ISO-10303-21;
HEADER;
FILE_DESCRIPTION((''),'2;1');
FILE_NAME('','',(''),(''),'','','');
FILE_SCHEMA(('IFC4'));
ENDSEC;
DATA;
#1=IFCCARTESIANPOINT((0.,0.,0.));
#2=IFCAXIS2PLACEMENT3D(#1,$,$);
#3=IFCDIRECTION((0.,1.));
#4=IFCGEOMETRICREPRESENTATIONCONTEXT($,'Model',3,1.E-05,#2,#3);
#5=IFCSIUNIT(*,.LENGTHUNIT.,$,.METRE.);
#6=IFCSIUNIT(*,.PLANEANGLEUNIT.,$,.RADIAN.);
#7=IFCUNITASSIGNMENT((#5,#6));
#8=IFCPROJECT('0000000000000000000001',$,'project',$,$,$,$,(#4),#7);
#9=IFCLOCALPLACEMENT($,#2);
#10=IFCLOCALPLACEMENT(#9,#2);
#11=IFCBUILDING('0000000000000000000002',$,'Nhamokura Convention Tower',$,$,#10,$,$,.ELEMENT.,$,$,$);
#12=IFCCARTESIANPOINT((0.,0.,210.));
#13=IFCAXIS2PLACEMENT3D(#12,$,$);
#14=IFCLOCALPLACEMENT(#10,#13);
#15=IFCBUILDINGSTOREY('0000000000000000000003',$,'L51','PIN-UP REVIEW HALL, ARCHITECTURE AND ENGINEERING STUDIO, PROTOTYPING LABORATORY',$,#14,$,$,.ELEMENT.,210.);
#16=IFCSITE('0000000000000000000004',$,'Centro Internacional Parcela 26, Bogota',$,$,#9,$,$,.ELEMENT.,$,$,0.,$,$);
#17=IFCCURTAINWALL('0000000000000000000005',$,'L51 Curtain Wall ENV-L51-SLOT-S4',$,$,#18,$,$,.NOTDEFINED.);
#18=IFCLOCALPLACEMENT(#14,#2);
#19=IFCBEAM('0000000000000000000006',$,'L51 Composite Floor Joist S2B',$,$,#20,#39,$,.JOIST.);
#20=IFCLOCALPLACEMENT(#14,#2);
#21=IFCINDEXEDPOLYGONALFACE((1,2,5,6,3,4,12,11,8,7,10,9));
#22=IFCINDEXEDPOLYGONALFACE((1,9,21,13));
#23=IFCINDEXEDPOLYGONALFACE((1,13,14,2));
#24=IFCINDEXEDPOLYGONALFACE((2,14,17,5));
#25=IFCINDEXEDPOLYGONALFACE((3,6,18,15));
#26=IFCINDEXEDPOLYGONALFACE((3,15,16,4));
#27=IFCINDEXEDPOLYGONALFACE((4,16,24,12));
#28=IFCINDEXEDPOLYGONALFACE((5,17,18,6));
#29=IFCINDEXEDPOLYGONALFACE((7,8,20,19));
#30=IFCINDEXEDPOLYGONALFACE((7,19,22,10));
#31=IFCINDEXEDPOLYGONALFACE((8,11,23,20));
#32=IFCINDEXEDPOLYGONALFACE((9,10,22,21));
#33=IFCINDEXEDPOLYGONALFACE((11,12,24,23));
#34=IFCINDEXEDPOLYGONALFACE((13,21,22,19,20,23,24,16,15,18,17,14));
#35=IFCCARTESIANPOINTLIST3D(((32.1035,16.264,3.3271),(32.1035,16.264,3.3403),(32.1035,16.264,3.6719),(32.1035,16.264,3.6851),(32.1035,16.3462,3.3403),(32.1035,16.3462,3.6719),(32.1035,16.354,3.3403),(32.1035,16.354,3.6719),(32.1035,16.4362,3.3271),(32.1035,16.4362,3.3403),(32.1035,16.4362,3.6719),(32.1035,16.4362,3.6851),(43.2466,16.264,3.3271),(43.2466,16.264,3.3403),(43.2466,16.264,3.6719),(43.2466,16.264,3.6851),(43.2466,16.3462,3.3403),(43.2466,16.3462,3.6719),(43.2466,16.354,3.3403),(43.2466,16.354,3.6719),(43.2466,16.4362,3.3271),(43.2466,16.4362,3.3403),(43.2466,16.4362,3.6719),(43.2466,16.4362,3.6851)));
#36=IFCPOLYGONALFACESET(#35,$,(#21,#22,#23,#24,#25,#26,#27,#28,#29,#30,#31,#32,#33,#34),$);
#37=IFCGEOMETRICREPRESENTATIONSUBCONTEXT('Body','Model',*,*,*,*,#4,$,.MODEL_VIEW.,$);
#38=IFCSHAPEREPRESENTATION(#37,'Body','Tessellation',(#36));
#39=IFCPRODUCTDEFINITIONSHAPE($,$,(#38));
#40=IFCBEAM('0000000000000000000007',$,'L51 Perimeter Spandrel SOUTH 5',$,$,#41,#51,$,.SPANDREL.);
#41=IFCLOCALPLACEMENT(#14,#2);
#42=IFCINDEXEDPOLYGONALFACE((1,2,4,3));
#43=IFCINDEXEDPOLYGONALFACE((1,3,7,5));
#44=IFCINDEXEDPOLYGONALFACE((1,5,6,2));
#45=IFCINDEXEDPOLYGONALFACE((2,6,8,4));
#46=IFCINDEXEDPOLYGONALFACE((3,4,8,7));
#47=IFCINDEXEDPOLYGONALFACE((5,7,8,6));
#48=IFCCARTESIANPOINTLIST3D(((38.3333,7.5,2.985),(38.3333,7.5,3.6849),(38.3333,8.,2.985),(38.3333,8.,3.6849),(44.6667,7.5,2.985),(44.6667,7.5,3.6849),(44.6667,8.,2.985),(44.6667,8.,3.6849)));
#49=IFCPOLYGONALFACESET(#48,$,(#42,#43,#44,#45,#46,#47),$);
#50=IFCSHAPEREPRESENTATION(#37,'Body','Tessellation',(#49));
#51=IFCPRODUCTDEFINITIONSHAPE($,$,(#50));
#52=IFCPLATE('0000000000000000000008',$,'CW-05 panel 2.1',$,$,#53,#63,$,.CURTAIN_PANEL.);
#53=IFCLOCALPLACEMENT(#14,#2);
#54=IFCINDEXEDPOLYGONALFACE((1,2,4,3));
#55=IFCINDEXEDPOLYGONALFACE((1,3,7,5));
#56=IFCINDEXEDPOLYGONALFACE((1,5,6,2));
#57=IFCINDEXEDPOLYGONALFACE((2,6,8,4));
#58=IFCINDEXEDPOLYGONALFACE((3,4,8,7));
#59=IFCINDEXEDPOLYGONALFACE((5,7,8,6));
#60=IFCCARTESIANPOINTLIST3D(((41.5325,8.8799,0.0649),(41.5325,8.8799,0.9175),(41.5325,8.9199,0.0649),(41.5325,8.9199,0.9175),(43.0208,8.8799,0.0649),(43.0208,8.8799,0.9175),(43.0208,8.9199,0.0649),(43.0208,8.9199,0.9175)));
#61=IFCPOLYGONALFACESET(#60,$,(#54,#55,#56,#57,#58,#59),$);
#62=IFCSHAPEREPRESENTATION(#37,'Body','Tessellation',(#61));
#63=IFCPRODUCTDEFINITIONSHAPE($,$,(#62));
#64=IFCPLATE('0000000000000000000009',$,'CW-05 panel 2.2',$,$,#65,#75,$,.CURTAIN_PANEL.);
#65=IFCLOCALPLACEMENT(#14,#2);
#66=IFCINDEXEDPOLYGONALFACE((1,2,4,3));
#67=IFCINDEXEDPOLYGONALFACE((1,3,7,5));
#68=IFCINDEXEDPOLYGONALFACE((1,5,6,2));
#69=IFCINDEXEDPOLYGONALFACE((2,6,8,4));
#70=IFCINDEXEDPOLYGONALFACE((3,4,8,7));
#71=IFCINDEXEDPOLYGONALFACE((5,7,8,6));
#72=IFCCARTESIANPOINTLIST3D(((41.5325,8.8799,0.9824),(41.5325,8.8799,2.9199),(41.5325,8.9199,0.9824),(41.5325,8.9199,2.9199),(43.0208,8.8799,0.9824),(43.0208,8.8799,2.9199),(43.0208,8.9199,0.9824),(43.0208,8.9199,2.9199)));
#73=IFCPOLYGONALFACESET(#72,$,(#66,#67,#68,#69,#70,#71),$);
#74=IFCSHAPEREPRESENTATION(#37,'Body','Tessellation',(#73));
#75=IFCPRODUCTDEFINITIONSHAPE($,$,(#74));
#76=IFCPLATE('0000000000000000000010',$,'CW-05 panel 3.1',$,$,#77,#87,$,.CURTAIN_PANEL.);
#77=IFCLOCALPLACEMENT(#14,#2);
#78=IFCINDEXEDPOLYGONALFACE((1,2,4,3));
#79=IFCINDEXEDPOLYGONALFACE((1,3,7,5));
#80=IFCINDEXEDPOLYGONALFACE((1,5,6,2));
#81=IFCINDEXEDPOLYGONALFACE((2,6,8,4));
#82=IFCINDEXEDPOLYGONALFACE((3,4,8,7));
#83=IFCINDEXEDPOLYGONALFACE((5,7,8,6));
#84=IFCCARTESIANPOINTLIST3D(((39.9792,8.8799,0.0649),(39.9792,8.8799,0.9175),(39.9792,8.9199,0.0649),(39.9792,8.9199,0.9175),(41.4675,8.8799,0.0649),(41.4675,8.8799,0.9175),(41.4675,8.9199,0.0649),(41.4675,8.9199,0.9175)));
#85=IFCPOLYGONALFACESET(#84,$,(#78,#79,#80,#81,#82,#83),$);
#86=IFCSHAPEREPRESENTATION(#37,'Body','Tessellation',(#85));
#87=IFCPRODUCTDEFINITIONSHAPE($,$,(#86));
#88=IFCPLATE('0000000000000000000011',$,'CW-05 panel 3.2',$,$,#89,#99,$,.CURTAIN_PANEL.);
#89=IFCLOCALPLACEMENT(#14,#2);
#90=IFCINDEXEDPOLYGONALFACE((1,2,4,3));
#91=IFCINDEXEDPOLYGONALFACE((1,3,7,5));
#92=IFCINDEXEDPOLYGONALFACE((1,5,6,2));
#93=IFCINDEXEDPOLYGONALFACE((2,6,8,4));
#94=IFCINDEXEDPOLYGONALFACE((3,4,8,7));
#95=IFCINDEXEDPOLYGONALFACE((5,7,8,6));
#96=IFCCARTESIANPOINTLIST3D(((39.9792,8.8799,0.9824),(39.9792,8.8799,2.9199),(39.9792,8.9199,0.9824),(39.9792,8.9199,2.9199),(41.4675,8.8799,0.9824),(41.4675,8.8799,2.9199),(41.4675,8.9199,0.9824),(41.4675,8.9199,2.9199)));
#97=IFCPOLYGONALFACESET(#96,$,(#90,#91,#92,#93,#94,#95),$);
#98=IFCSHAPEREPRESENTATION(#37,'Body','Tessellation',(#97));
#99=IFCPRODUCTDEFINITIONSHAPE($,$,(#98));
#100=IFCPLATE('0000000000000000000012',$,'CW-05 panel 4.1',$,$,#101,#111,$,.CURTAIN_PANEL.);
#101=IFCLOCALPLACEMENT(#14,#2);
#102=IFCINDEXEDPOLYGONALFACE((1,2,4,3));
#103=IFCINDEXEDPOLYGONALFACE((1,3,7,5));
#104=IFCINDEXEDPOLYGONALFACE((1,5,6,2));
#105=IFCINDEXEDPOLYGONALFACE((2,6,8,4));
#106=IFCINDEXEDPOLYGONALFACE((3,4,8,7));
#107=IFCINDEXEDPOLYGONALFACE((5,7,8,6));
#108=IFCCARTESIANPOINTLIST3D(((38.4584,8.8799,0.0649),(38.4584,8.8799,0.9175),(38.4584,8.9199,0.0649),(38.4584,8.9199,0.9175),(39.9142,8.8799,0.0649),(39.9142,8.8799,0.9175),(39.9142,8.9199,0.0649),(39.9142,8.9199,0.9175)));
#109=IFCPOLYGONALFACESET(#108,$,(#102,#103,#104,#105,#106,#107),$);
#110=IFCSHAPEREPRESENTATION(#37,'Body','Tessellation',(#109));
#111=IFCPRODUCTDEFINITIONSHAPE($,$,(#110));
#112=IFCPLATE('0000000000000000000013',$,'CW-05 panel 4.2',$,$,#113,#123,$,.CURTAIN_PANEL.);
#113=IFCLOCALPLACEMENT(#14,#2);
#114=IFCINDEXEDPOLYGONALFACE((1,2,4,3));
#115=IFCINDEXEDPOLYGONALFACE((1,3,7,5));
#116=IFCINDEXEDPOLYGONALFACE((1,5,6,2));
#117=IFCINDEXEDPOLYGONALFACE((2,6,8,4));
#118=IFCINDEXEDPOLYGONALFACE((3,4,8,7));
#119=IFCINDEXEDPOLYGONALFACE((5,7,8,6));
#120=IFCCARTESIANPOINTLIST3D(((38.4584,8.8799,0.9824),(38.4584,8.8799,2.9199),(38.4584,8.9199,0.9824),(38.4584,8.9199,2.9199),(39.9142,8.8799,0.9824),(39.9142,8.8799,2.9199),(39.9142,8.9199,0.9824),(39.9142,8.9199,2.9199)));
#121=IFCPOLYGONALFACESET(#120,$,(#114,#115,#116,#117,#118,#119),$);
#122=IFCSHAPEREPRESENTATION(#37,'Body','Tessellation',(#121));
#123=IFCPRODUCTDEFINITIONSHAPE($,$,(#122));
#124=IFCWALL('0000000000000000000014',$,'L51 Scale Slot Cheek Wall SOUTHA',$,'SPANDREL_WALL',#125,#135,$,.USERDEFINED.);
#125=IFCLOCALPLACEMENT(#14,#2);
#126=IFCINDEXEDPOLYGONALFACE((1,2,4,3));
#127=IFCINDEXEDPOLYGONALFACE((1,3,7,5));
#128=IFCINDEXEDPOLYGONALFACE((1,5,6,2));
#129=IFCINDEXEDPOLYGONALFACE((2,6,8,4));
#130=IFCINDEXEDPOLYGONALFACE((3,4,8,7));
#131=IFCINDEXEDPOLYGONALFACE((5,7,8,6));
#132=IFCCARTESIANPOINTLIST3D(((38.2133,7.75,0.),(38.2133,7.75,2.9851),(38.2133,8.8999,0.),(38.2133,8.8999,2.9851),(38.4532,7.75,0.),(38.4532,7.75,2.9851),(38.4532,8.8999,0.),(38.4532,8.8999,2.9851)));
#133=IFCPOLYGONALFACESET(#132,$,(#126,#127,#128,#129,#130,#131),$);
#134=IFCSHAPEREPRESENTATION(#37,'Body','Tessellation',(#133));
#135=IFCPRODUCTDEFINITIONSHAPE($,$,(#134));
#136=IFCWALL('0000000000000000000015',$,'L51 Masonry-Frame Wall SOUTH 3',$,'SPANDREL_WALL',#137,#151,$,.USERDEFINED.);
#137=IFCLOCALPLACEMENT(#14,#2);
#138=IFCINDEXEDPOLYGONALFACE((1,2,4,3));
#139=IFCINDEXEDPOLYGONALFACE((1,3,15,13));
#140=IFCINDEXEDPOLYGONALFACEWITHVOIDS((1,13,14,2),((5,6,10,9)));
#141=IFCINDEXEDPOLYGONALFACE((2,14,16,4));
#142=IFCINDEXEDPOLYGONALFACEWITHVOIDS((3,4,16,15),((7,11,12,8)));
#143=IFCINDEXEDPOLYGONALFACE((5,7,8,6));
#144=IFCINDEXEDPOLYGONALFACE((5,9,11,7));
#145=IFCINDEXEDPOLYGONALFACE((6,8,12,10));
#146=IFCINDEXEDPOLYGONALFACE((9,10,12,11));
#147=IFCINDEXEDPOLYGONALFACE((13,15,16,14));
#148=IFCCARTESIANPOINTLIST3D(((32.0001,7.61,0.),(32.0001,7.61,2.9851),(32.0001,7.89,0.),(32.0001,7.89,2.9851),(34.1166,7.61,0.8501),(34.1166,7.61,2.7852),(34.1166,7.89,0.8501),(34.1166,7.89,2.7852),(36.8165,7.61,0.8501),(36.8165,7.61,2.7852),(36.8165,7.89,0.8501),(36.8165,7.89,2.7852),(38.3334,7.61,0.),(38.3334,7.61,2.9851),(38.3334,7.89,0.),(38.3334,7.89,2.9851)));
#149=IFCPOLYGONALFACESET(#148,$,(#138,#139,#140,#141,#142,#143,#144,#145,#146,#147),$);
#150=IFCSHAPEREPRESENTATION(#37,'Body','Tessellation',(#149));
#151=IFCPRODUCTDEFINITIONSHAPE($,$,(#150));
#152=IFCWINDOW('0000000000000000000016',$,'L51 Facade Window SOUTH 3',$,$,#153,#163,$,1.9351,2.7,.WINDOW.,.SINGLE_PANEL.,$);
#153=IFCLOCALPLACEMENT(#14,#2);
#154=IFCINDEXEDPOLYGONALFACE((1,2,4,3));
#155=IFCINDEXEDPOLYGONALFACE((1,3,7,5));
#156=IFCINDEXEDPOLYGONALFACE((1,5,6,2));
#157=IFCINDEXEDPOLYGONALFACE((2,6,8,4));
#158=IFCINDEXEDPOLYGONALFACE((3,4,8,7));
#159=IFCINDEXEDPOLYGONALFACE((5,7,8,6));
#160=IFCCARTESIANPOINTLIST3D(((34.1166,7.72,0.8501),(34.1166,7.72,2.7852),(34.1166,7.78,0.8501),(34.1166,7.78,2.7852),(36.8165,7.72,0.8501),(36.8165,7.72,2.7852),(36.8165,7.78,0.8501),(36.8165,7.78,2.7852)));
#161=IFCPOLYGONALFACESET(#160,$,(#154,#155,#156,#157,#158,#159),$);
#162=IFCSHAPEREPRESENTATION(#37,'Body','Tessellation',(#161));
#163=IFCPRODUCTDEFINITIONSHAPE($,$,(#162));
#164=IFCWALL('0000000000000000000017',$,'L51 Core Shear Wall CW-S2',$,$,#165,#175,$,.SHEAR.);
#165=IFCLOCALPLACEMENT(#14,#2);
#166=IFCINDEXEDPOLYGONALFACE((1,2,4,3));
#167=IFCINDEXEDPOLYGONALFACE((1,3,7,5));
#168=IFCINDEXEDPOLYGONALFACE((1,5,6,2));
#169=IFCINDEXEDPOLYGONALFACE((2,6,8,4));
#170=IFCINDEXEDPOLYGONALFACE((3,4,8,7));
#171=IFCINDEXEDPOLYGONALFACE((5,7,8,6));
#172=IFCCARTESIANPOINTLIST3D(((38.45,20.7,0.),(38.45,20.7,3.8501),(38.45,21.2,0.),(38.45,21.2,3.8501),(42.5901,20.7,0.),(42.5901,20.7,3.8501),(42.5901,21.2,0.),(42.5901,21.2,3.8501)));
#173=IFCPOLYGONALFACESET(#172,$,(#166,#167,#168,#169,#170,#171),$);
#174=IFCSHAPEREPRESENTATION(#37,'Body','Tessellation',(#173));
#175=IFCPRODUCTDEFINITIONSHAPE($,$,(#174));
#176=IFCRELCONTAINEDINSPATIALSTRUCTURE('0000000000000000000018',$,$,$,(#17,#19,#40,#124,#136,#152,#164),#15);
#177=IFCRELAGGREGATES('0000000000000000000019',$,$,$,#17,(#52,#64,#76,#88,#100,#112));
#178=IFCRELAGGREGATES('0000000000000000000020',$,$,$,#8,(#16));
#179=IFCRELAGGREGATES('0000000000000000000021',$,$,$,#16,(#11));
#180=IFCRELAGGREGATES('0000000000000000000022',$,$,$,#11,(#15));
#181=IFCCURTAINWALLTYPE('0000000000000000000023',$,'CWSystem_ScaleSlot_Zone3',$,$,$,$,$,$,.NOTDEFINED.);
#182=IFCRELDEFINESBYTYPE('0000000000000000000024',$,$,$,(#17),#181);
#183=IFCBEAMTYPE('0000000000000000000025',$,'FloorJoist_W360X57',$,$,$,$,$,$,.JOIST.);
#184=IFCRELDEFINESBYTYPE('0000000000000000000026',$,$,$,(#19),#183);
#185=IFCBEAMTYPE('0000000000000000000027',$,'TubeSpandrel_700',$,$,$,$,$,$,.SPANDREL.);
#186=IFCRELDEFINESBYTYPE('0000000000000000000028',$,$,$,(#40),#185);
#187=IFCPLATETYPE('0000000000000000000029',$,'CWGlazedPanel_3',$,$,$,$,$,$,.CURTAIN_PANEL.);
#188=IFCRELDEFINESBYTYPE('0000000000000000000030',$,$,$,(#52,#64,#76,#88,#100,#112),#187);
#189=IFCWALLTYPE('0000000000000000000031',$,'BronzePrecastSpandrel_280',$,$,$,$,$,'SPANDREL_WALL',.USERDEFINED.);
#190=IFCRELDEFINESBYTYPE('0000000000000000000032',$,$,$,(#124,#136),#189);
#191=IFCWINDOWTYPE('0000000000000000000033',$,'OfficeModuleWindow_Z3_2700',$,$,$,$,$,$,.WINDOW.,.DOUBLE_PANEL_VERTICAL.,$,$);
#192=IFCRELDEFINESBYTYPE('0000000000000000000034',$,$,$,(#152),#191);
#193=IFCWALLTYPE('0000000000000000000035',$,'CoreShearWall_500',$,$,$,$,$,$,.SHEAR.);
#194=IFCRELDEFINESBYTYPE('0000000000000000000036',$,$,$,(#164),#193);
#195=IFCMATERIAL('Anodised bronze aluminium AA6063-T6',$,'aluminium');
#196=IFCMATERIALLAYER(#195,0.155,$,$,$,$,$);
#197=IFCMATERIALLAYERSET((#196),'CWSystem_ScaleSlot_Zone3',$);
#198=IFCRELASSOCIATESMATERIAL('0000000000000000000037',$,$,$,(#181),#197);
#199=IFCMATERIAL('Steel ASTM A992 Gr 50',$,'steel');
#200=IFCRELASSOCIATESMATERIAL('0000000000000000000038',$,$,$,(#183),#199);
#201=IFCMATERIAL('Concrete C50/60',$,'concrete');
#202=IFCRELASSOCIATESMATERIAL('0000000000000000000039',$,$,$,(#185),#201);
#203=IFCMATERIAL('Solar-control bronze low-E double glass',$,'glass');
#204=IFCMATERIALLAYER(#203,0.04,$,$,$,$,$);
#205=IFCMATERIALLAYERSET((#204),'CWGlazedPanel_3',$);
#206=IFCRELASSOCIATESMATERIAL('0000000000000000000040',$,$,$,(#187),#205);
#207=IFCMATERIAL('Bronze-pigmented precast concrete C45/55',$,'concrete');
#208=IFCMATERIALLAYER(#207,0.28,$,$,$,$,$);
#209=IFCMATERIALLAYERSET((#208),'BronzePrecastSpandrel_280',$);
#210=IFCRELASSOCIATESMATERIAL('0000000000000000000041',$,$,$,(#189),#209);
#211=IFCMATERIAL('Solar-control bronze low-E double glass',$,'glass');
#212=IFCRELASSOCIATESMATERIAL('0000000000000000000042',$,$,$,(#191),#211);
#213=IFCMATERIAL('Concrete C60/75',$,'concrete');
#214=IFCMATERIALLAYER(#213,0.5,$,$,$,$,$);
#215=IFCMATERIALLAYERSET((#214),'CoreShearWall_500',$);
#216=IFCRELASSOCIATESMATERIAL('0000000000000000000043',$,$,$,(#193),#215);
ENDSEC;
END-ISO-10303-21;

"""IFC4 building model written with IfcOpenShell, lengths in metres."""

from ifc_helpers import new_model, si_unit, direction, frame, frame_2d, origin, origin_2d, place, context, subcontext, project, spatial, rectangle, i_section, extrude, material, layer, layer_set, material_profile, profile_set, type_object, element, fill, aggregate, save


model = new_model("IFC4")

# Units and contexts
model_context = context("Model", 3, precision=1e-05, world=origin(), true_north=direction((0.0, 1.0)))
body_context = subcontext(model_context, "Body", "Model", "MODEL_VIEW")
ifc_project = project(units=[si_unit("LENGTHUNIT", "METRE"), si_unit("PLANEANGLEUNIT", "RADIAN")], contexts=[model_context])

# Site, building, storey
site_placement = place(None, origin())
site = spatial("IfcSite", under=ifc_project, at=site_placement, Name="Centro Internacional Parcela 26, Bogota", CompositionType="ELEMENT", RefElevation=0.0)
building_placement = place(site_placement, origin())
building = spatial("IfcBuilding", under=site, at=building_placement, Name="Nhamokura Convention Tower", CompositionType="ELEMENT")
storey_placement = place(building_placement, frame((0.0, 0.0, 210.0)))
storey = spatial("IfcBuildingStorey", under=building, at=storey_placement, Name="L51", Description="PIN-UP REVIEW HALL, ARCHITECTURE AND ENGINEERING STUDIO, PROTOTYPING LABORATORY", CompositionType="ELEMENT", Elevation=210.0)

# Curtain wall
ifc_material_1 = material(Name="Anodised bronze aluminium AA6063-T6", Category="aluminium")
ifc_layer_1 = layer(ifc_material_1, 0.155)
ifc_layer_set_1 = layer_set([ifc_layer_1], Name="CWSystem_ScaleSlot_Zone3")
curtain_wall_type = type_object("IfcCurtainWallType", Name="CWSystem_ScaleSlot_Zone3", PredefinedType="NOTDEFINED", material=ifc_layer_set_1)
curtain_wall_placement = place(storey_placement, origin())
curtain_wall = element("IfcCurtainWall", 1, at=curtain_wall_placement, inside=storey, type_object=curtain_wall_type, Name="L51 Curtain Wall ENV-L51-SLOT-S4", PredefinedType="NOTDEFINED")

# Beams
ifc_material_2 = material(Name="Steel ASTM A992 Gr 50", Category="steel")
ifc_material_profile_1 = material_profile(ifc_material_2, i_section(OverallWidth=0.1721, OverallDepth=0.3579, WebThickness=0.0078, FlangeThickness=0.0132, at=origin_2d()))
ifc_profile_set_1 = profile_set([ifc_material_profile_1], Name="Steel ASTM A992 Gr 50")
beam_type_1 = type_object("IfcBeamType", Name="FloorJoist_W360X57", PredefinedType="JOIST", material=ifc_profile_set_1)
beam_1_placement = place(storey_placement, frame((32.1035, 16.3501, 3.5061), z_axis=(1.0, 0.0, 0.0), x_axis=(0.0, 1.0, 0.0)))
element("IfcBeam", 2, at=beam_1_placement, inside=storey, type_object=beam_type_1, Name="L51 Composite Floor Joist S2B", PredefinedType="JOIST", context=body_context, shape_type="SweptSolid", body=[
    extrude(i_section(OverallWidth=0.1721, OverallDepth=0.3579, WebThickness=0.0078, FlangeThickness=0.0132, at=origin_2d()), origin(), (0.0, 0.0, 1.0), 11.1431),
])
ifc_material_3 = material(Name="Concrete C50/60", Category="concrete")
ifc_material_profile_2 = material_profile(ifc_material_3, rectangle(XDim=0.5, YDim=0.7, at=origin_2d()))
ifc_profile_set_2 = profile_set([ifc_material_profile_2], Name="Concrete C50/60")
beam_type_2 = type_object("IfcBeamType", Name="TubeSpandrel_700", PredefinedType="SPANDREL", material=ifc_profile_set_2)
beam_2_placement = place(storey_placement, frame((38.3333, 7.75, 3.335), z_axis=(1.0, 0.0, 0.0), x_axis=(0.0, 1.0, 0.0)))
element("IfcBeam", 3, at=beam_2_placement, inside=storey, type_object=beam_type_2, Name="L51 Perimeter Spandrel SOUTH 5", PredefinedType="SPANDREL", context=body_context, shape_type="SweptSolid", body=[
    extrude(rectangle(XDim=0.5, YDim=0.7, at=origin_2d()), origin(), (0.0, 0.0, 1.0), 6.3335),
])

# Plates
ifc_material_4 = material(Name="Solar-control bronze low-E double glass", Category="glass")
ifc_layer_2 = layer(ifc_material_4, 0.04)
ifc_layer_set_2 = layer_set([ifc_layer_2], Name="CWGlazedPanel_3")
plate_type = type_object("IfcPlateType", Name="CWGlazedPanel_3", PredefinedType="CURTAIN_PANEL", material=ifc_layer_set_2)
plate_1_placement = place(storey_placement, frame((42.2766, 8.8999, 0.0649), z_axis=(0.0, 0.0, 1.0), x_axis=(-1.0, 0.0, 0.0)))
plate_1 = element("IfcPlate", 4, at=plate_1_placement, type_object=plate_type, Name="CW-05 panel 2.1", PredefinedType="CURTAIN_PANEL", context=body_context, shape_type="SweptSolid", body=[
    extrude(rectangle(XDim=1.4883, YDim=0.04, at=origin_2d()), origin(), (0.0, 0.0, 1.0), 0.8525),
])
plate_2_placement = place(storey_placement, frame((42.2766, 8.8999, 0.9824), z_axis=(0.0, 0.0, 1.0), x_axis=(-1.0, 0.0, 0.0)))
plate_2 = element("IfcPlate", 5, at=plate_2_placement, type_object=plate_type, Name="CW-05 panel 2.2", PredefinedType="CURTAIN_PANEL", context=body_context, shape_type="SweptSolid", body=[
    extrude(rectangle(XDim=1.4883, YDim=0.04, at=origin_2d()), origin(), (0.0, 0.0, 1.0), 1.9375),
])
plate_3_placement = place(storey_placement, frame((40.7234, 8.8999, 0.0649), z_axis=(0.0, 0.0, 1.0), x_axis=(-1.0, 0.0, 0.0)))
plate_3 = element("IfcPlate", 6, at=plate_3_placement, type_object=plate_type, Name="CW-05 panel 3.1", PredefinedType="CURTAIN_PANEL", context=body_context, shape_type="SweptSolid", body=[
    extrude(rectangle(XDim=1.4883, YDim=0.04, at=origin_2d()), origin(), (0.0, 0.0, 1.0), 0.8525),
])
plate_4_placement = place(storey_placement, frame((40.7234, 8.8999, 0.9824), z_axis=(0.0, 0.0, 1.0), x_axis=(-1.0, 0.0, 0.0)))
plate_4 = element("IfcPlate", 7, at=plate_4_placement, type_object=plate_type, Name="CW-05 panel 3.2", PredefinedType="CURTAIN_PANEL", context=body_context, shape_type="SweptSolid", body=[
    extrude(rectangle(XDim=1.4883, YDim=0.04, at=origin_2d()), origin(), (0.0, 0.0, 1.0), 1.9375),
])
plate_5_placement = place(storey_placement, frame((39.1863, 8.8999, 0.0649), z_axis=(0.0, 0.0, 1.0), x_axis=(-1.0, 0.0, 0.0)))
plate_5 = element("IfcPlate", 8, at=plate_5_placement, type_object=plate_type, Name="CW-05 panel 4.1", PredefinedType="CURTAIN_PANEL", context=body_context, shape_type="SweptSolid", body=[
    extrude(rectangle(XDim=1.4558, YDim=0.04, at=origin_2d()), origin(), (0.0, 0.0, 1.0), 0.8525),
])
plate_6_placement = place(storey_placement, frame((39.1863, 8.8999, 0.9824), z_axis=(0.0, 0.0, 1.0), x_axis=(-1.0, 0.0, 0.0)))
plate_6 = element("IfcPlate", 9, at=plate_6_placement, type_object=plate_type, Name="CW-05 panel 4.2", PredefinedType="CURTAIN_PANEL", context=body_context, shape_type="SweptSolid", body=[
    extrude(rectangle(XDim=1.4558, YDim=0.04, at=origin_2d()), origin(), (0.0, 0.0, 1.0), 1.9375),
])
aggregate(curtain_wall, [plate_1, plate_2, plate_3, plate_4, plate_5, plate_6])

# Wall
ifc_material_5 = material(Name="Bronze-pigmented precast concrete C45/55", Category="concrete")
ifc_layer_3 = layer(ifc_material_5, 0.28)
ifc_layer_set_3 = layer_set([ifc_layer_3], Name="BronzePrecastSpandrel_280")
wall_type_1 = type_object("IfcWallType", Name="BronzePrecastSpandrel_280", ElementType="SPANDREL_WALL", PredefinedType="USERDEFINED", material=ifc_layer_set_3)
wall_1_placement = place(storey_placement, frame((38.3333, 7.75, 0.0), z_axis=(0.0, 0.0, 1.0), x_axis=(0.0, 1.0, 0.0)))
element("IfcWall", 10, at=wall_1_placement, inside=storey, type_object=wall_type_1, Name="L51 Scale Slot Cheek Wall SOUTHA", ObjectType="SPANDREL_WALL", PredefinedType="USERDEFINED", context=body_context, shape_type="SweptSolid", body=[
    extrude(rectangle(XDim=1.1499, YDim=0.24, at=frame_2d((0.575, 0.0))), origin(), (0.0, 0.0, 1.0), 2.9851),
])

# Wall, opening, window
wall_2_placement = place(storey_placement, frame((38.3333, 7.75, 0.0), z_axis=(0.0, 0.0, 1.0), x_axis=(-1.0, 0.0, 0.0)))
wall_2 = element("IfcWall", 11, at=wall_2_placement, inside=storey, type_object=wall_type_1, Name="L51 Masonry-Frame Wall SOUTH 3", ObjectType="SPANDREL_WALL", PredefinedType="USERDEFINED", context=body_context, shape_type="SweptSolid", body=[
    extrude(rectangle(XDim=6.3333, YDim=0.28, at=frame_2d((3.1665, 0.0))), origin(), (0.0, 0.0, 1.0), 2.9851),
])
opening_1_placement = place(wall_2_placement, frame((1.5166, 0.0, 0.8501)))
opening_1 = element("IfcOpeningElement", 12, at=opening_1_placement, cuts=wall_2, PredefinedType="OPENING", context=body_context, shape_type="SweptSolid", body=[
    extrude(rectangle(XDim=2.7, YDim=1.9351, at=frame_2d((1.3501, 0.9675))), frame((0.0, 0.1499, 0.0), z_axis=(0.0, -1.0, 0.0), x_axis=(1.0, 0.0, 0.0)), (0.0, 0.0, 1.0), 0.3),
])
ifc_material_6 = material(Name="Solar-control bronze low-E double glass", Category="glass")
window_type = type_object("IfcWindowType", Name="OfficeModuleWindow_Z3_2700", PartitioningType="DOUBLE_PANEL_VERTICAL", PredefinedType="WINDOW", material=ifc_material_6)
window_placement = place(opening_1_placement, origin())
window = element("IfcWindow", 13, at=window_placement, inside=storey, type_object=window_type, Name="L51 Facade Window SOUTH 3", OverallHeight=1.9351, OverallWidth=2.7, PartitioningType="SINGLE_PANEL", PredefinedType="WINDOW", context=body_context, shape_type="SweptSolid", body=[
    extrude(rectangle(XDim=2.7, YDim=1.9351, at=frame_2d((1.3501, 0.9675))), frame((0.0, 0.03, 0.0), z_axis=(0.0, -1.0, 0.0), x_axis=(1.0, 0.0, 0.0)), (0.0, 0.0, 1.0), 0.0601),
])
fill(opening_1, window)

# Shared definitions
ifc_material_7 = material(Name="Concrete C60/75", Category="concrete")
ifc_layer_4 = layer(ifc_material_7, 0.5)
ifc_layer_set_4 = layer_set([ifc_layer_4], Name="CoreShearWall_500")
wall_type_2 = type_object("IfcWallType", Name="CoreShearWall_500", PredefinedType="SHEAR", material=ifc_layer_set_4)

# Wall
wall_3_placement = place(storey_placement, frame((38.45, 20.95, 0.0), z_axis=(0.0, 0.0, 1.0), x_axis=(1.0, 0.0, 0.0)))
element("IfcWall", 14, at=wall_3_placement, inside=storey, type_object=wall_type_2, Name="L51 Core Shear Wall CW-S2", PredefinedType="SHEAR", context=body_context, shape_type="SweptSolid", body=[
    extrude(rectangle(XDim=4.1401, YDim=0.5, at=frame_2d((2.0701, 0.0))), origin(), (0.0, 0.0, 1.0), 3.8501),
])

save(model, "model.ifc")
